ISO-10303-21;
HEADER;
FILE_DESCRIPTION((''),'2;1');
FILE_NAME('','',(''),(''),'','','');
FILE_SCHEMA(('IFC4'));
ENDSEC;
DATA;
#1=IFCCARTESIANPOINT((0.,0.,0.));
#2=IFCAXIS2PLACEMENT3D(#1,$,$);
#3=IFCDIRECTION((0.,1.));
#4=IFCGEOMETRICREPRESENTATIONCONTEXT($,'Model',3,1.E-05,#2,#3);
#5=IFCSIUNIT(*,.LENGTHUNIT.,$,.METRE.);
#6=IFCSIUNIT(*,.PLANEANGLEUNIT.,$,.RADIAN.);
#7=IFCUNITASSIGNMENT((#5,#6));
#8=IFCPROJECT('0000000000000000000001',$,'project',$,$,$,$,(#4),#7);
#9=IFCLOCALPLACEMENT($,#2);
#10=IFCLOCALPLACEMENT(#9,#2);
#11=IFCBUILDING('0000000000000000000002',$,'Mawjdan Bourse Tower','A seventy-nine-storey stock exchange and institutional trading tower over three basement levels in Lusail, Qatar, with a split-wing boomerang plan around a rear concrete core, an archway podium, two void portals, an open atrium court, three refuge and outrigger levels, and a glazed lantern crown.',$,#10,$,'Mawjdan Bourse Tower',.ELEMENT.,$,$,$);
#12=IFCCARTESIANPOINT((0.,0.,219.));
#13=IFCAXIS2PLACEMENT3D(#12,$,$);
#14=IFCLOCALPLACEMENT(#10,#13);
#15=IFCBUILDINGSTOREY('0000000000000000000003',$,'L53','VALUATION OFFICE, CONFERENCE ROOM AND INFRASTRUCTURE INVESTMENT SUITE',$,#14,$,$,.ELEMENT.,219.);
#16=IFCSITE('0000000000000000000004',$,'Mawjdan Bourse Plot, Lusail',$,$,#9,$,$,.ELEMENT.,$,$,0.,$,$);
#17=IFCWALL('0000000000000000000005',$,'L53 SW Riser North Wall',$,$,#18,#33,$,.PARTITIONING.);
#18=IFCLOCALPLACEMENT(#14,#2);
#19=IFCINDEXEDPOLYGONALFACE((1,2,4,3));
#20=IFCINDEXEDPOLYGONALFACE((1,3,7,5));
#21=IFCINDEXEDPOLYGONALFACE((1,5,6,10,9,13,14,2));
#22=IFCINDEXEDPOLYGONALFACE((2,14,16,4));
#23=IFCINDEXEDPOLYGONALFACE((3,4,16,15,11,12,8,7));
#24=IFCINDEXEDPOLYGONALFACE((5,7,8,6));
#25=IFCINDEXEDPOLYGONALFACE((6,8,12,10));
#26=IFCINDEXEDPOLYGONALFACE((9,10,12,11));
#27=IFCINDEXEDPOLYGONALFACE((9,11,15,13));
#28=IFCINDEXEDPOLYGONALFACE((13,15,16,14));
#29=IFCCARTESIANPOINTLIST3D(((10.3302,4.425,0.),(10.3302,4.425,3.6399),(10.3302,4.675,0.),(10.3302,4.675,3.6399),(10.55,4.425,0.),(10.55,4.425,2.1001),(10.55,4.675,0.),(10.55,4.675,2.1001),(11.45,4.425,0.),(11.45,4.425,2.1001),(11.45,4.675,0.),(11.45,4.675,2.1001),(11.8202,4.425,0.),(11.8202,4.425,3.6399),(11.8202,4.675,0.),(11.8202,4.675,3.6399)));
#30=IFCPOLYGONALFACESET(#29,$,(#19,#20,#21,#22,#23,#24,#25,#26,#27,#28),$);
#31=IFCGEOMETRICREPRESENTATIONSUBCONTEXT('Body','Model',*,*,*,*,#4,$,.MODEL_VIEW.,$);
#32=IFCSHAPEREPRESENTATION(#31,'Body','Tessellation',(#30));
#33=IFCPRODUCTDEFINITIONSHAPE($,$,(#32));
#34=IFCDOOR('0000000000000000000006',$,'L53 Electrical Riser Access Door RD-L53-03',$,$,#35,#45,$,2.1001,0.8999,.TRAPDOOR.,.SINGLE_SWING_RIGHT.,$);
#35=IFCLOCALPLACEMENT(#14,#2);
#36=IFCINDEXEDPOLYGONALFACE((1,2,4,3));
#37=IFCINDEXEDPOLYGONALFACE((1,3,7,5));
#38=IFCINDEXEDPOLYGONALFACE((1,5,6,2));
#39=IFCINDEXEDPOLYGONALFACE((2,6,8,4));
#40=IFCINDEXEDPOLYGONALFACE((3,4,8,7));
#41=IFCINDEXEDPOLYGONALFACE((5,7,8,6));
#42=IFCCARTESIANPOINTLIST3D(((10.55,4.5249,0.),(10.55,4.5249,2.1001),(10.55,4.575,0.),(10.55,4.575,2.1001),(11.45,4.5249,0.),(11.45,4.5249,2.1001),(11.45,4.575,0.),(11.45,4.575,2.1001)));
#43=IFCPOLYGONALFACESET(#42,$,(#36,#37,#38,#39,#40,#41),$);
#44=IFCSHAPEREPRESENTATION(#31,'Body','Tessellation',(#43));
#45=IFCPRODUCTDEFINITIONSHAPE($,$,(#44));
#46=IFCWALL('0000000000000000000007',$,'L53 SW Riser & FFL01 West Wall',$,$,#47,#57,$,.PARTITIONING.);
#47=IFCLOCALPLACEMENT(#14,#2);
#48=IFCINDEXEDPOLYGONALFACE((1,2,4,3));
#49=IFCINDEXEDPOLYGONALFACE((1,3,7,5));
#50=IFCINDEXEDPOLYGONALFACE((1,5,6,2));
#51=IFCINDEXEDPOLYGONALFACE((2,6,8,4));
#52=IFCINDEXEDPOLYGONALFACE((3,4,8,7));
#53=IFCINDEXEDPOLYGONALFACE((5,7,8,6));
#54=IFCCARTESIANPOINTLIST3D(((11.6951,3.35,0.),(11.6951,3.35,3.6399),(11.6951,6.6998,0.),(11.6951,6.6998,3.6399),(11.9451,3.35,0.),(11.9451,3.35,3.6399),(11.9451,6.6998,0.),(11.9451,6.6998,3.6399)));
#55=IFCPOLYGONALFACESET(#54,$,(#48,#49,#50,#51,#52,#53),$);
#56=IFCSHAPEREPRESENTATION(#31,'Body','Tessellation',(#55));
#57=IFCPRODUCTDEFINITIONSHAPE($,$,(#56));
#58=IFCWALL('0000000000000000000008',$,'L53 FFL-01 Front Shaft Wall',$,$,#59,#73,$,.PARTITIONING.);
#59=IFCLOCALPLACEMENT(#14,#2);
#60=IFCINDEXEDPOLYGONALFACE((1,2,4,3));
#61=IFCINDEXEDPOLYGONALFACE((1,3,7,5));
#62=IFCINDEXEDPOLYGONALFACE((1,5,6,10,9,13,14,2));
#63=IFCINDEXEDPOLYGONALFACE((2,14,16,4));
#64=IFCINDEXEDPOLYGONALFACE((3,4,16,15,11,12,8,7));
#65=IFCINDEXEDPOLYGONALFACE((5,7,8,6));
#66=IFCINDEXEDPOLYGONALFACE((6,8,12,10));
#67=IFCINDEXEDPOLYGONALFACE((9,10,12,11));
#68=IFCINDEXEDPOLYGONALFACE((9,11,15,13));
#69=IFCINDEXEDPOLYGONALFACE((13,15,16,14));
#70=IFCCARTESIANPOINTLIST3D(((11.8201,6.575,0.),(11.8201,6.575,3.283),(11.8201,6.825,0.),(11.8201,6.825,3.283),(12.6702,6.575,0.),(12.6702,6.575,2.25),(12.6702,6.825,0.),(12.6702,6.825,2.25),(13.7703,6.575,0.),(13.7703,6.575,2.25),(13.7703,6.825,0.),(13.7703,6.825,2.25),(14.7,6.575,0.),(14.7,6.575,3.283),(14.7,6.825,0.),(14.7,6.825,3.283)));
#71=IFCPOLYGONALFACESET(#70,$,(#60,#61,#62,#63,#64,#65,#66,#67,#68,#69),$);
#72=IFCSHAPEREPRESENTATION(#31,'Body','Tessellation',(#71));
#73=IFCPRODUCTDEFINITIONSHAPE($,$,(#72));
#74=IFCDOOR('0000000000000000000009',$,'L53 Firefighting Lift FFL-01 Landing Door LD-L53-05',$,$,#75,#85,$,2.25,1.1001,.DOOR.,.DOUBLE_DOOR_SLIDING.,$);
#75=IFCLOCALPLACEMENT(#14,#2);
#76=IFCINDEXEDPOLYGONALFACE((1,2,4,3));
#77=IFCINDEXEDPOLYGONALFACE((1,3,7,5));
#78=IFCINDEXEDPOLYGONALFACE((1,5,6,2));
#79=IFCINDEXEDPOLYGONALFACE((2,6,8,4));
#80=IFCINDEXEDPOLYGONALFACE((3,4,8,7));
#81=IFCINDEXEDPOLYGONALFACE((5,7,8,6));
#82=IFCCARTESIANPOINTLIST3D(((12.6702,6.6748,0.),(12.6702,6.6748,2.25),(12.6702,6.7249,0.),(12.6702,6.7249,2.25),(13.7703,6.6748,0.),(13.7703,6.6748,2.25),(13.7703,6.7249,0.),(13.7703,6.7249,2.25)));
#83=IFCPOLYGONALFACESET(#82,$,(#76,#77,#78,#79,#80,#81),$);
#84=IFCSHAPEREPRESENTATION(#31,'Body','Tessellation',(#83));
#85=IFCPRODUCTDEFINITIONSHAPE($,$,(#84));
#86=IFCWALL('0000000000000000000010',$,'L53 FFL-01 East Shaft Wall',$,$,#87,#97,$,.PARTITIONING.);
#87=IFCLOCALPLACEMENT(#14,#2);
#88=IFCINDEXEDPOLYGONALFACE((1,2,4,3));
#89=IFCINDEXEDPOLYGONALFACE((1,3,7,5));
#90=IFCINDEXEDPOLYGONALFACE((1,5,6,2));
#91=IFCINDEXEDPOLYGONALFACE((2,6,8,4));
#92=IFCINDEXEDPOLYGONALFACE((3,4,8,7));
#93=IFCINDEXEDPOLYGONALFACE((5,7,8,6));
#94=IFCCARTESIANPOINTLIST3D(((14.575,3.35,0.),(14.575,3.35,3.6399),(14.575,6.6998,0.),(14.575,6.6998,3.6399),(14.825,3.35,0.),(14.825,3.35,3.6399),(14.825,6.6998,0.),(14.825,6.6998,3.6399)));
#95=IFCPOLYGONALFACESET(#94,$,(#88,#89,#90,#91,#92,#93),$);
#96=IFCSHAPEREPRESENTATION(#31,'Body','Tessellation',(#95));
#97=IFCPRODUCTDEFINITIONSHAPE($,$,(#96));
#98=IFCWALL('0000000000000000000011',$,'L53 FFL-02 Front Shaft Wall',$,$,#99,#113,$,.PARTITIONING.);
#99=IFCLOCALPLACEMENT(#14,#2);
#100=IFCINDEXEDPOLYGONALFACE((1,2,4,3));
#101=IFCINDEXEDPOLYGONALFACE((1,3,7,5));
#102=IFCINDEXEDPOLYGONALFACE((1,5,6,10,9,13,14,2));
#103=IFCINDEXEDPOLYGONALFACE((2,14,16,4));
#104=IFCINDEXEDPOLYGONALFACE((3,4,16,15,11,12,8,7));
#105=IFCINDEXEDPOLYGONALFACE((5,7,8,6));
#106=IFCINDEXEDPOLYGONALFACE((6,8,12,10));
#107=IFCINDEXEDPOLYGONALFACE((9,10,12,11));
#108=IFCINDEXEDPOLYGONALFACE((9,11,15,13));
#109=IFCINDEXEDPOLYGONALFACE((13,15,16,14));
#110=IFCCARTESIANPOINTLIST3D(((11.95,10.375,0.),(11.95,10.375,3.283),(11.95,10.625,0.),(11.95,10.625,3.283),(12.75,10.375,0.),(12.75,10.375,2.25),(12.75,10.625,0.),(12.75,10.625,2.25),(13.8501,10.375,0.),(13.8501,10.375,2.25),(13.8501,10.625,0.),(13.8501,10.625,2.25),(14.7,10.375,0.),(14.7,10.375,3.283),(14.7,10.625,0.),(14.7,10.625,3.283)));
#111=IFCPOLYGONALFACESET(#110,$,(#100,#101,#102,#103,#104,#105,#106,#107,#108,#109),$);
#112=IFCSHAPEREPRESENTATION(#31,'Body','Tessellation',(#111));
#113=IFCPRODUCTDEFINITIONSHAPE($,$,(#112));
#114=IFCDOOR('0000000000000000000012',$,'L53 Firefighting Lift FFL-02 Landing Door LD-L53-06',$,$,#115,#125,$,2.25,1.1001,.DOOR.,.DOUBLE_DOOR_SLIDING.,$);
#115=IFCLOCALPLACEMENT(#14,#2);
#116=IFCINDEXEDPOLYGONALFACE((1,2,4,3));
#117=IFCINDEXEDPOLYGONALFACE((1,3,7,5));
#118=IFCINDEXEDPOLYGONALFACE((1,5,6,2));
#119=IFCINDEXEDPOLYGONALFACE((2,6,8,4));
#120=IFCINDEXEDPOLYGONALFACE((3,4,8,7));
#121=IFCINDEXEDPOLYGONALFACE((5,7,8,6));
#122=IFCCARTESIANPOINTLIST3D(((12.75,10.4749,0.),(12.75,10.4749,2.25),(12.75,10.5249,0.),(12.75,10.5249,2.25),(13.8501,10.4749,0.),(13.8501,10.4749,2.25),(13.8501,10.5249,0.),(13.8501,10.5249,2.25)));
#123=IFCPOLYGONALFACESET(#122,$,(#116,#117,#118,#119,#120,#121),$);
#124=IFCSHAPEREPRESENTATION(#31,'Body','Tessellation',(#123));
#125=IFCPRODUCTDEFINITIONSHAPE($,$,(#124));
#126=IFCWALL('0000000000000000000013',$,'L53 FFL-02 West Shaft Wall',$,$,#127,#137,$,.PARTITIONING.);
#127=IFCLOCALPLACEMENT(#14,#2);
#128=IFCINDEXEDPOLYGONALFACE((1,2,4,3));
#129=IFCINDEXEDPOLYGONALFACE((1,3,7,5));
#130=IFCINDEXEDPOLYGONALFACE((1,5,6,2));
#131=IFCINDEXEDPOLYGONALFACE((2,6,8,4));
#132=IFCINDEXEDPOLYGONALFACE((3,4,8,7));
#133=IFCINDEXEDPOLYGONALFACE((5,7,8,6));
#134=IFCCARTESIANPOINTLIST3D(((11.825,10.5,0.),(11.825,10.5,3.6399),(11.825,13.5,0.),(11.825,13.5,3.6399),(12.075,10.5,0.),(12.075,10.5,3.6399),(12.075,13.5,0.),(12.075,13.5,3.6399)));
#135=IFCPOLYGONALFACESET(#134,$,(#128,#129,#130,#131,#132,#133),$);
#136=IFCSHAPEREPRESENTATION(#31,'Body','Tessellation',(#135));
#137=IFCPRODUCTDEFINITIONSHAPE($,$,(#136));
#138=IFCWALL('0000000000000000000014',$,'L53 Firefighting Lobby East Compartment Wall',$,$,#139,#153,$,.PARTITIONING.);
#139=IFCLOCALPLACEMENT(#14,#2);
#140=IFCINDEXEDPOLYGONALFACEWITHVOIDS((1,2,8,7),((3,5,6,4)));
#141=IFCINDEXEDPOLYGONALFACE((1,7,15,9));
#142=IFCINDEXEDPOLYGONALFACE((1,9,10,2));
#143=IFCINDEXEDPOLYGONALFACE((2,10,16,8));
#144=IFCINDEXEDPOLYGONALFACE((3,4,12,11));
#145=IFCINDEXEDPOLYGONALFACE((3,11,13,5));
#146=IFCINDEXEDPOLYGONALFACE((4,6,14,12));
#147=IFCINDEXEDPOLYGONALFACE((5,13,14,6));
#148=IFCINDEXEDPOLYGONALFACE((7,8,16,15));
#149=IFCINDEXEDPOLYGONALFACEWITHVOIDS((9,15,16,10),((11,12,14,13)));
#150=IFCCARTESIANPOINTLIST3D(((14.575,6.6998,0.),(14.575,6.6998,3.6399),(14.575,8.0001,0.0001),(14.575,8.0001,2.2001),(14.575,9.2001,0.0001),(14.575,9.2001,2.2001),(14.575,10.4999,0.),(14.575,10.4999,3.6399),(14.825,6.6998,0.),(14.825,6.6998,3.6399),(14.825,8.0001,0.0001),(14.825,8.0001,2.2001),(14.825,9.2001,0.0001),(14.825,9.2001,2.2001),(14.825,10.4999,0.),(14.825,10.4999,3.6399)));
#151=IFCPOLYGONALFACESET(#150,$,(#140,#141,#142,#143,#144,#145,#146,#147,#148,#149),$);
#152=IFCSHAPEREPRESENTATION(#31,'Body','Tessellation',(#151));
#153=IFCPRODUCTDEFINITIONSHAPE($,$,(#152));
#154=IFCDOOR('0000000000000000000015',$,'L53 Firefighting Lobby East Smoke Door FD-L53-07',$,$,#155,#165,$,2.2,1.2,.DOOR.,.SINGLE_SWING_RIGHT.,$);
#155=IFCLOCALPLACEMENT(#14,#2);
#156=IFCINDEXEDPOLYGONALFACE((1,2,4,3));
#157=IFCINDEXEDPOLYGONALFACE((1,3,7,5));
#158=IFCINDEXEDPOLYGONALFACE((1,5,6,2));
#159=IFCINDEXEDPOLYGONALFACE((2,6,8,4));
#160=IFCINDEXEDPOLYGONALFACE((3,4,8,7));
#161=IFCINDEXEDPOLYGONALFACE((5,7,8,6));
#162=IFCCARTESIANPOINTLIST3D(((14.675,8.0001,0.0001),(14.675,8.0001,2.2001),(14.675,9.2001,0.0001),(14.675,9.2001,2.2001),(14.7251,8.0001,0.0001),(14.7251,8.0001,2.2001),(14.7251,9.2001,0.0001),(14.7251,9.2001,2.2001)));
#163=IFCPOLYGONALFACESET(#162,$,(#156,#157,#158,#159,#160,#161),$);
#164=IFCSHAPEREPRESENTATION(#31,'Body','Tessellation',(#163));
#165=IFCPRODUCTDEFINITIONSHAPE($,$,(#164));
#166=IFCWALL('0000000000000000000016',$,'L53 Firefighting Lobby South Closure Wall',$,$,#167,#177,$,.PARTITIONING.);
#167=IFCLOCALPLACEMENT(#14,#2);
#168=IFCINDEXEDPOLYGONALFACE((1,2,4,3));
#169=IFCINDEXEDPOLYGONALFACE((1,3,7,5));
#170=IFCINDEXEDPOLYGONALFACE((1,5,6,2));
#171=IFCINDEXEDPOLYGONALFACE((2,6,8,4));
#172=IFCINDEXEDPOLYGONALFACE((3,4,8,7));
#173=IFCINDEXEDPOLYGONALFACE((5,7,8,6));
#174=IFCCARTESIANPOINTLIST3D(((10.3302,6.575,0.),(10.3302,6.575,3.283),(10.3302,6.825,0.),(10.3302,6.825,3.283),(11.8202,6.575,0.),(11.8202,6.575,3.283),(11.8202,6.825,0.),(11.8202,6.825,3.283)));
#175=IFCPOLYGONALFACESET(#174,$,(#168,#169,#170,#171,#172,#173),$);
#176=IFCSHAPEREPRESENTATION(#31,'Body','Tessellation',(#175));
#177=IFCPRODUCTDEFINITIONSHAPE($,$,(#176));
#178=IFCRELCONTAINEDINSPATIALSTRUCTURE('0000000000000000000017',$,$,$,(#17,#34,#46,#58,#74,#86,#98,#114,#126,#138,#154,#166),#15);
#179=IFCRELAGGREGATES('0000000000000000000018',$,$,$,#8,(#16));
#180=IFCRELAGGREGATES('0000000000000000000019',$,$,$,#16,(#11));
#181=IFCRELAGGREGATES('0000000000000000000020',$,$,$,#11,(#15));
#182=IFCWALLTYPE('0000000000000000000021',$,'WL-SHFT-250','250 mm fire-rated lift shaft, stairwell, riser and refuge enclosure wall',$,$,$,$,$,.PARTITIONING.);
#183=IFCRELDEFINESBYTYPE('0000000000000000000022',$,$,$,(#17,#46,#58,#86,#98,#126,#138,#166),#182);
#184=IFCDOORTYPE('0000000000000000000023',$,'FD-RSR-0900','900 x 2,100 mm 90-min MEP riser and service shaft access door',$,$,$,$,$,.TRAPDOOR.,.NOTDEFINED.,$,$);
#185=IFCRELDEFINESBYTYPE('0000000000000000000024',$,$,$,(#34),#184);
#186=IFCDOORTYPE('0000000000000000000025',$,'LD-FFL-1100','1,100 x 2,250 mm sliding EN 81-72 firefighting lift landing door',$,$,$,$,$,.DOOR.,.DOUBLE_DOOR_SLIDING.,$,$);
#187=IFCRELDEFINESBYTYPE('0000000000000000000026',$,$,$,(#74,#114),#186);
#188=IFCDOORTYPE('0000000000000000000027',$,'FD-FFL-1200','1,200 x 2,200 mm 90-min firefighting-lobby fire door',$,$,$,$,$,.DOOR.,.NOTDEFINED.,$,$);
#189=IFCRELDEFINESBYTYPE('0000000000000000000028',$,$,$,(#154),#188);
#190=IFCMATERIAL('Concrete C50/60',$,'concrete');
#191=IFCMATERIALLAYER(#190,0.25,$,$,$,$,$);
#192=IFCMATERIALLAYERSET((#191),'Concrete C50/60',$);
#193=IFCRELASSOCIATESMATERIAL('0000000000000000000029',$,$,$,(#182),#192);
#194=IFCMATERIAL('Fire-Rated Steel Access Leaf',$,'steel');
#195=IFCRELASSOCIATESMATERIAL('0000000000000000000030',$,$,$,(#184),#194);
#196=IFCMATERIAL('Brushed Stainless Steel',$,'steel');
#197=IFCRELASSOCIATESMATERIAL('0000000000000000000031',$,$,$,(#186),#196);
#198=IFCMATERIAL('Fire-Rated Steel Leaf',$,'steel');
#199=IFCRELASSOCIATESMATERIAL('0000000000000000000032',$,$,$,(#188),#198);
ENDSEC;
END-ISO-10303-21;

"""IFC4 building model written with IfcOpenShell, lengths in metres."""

from ifc_helpers import new_model, si_unit, direction, frame, frame_2d, origin, place, context, subcontext, project, spatial, rectangle, extrude, material, layer, layer_set, type_object, element, fill, save


model = new_model("IFC4")

# Units and contexts
model_context = context("Model", 3, precision=1e-05, world=origin(), true_north=direction((0.0, 1.0)))
body_context = subcontext(model_context, "Body", "Model", "MODEL_VIEW")
ifc_project = project(units=[si_unit("LENGTHUNIT", "METRE"), si_unit("PLANEANGLEUNIT", "RADIAN")], contexts=[model_context])

# Site, building, storey
site_placement = place(None, origin())
site = spatial("IfcSite", under=ifc_project, at=site_placement, Name="Mawjdan Bourse Plot, Lusail", CompositionType="ELEMENT", RefElevation=0.0)
building_placement = place(site_placement, origin())
building = spatial("IfcBuilding", under=site, at=building_placement, Name="Mawjdan Bourse Tower", Description="A seventy-nine-storey stock exchange and institutional trading tower over three basement levels in Lusail, Qatar, with a split-wing boomerang plan around a rear concrete core, an archway podium, two void portals, an open atrium court, three refuge and outrigger levels, and a glazed lantern crown.", LongName="Mawjdan Bourse Tower", CompositionType="ELEMENT")
storey_placement = place(building_placement, frame((0.0, 0.0, 219.0)))
storey = spatial("IfcBuildingStorey", under=building, at=storey_placement, Name="L53", Description="VALUATION OFFICE, CONFERENCE ROOM AND INFRASTRUCTURE INVESTMENT SUITE", CompositionType="ELEMENT", Elevation=219.0)

# Wall, opening, door
ifc_material_1 = material(Name="Concrete C50/60", Category="concrete")
ifc_layer_1 = layer(ifc_material_1, 0.25)
ifc_layer_set_1 = layer_set([ifc_layer_1], Name="Concrete C50/60")
wall_type_1 = type_object("IfcWallType", Name="WL-SHFT-250", Description="250 mm fire-rated lift shaft, stairwell, riser and refuge enclosure wall", PredefinedType="PARTITIONING", material=ifc_layer_set_1)
wall_1_placement = place(storey_placement, frame((10.3301, 4.55, 0.0), z_axis=(0.0, 0.0, 1.0), x_axis=(1.0, 0.0, 0.0)))
wall_1 = element("IfcWall", 1, at=wall_1_placement, inside=storey, type_object=wall_type_1, Name="L53 SW Riser North Wall", PredefinedType="PARTITIONING", context=body_context, shape_type="SweptSolid", body=[
    extrude(rectangle(XDim=1.49, YDim=0.25, at=frame_2d((0.7451, 0.0))), origin(), (0.0, 0.0, 1.0), 3.6399),
])
opening_1_placement = place(wall_1_placement, frame((0.22, 0.0, 0.0)))
opening_1 = element("IfcOpeningElement", 2, at=opening_1_placement, cuts=wall_1, PredefinedType="OPENING", context=body_context, shape_type="SweptSolid", body=[
    extrude(rectangle(XDim=0.8999, YDim=2.1001, at=frame_2d((0.45, 1.05))), frame((0.0, 0.135, 0.0), z_axis=(0.0, -1.0, 0.0), x_axis=(1.0, 0.0, 0.0)), (0.0, 0.0, 1.0), 0.27),
])
ifc_material_2 = material(Name="Fire-Rated Steel Access Leaf", Category="steel")
door_type_1 = type_object("IfcDoorType", Name="FD-RSR-0900", Description="900 x 2,100 mm 90-min MEP riser and service shaft access door", OperationType="NOTDEFINED", PredefinedType="TRAPDOOR", material=ifc_material_2)
door_1_placement = place(opening_1_placement, origin())
door_1 = element("IfcDoor", 3, at=door_1_placement, inside=storey, type_object=door_type_1, Name="L53 Electrical Riser Access Door RD-L53-03", OperationType="SINGLE_SWING_RIGHT", OverallHeight=2.1001, OverallWidth=0.8999, PredefinedType="TRAPDOOR", context=body_context, shape_type="SweptSolid", body=[
    extrude(rectangle(XDim=0.8999, YDim=2.1001, at=frame_2d((0.45, 1.05))), frame((0.0, 0.0249, 0.0), z_axis=(0.0, -1.0, 0.0), x_axis=(1.0, 0.0, 0.0)), (0.0, 0.0, 1.0), 0.05),
])
fill(opening_1, door_1)

# Wall
wall_2_placement = place(storey_placement, frame((11.8201, 3.3501, 0.0), z_axis=(0.0, 0.0, 1.0), x_axis=(0.0, 1.0, 0.0)))
element("IfcWall", 4, at=wall_2_placement, inside=storey, type_object=wall_type_1, Name="L53 SW Riser & FFL01 West Wall", PredefinedType="PARTITIONING", context=body_context, shape_type="SweptSolid", body=[
    extrude(rectangle(XDim=3.3499, YDim=0.25, at=frame_2d((1.6748, 0.0))), origin(), (0.0, 0.0, 1.0), 3.6399),
])

# Wall, opening, door
wall_3_placement = place(storey_placement, frame((11.8201, 6.7, 0.0), z_axis=(0.0, 0.0, 1.0), x_axis=(1.0, 0.0, 0.0)))
wall_3 = element("IfcWall", 5, at=wall_3_placement, inside=storey, type_object=wall_type_1, Name="L53 FFL-01 Front Shaft Wall", PredefinedType="PARTITIONING", context=body_context, shape_type="SweptSolid", body=[
    extrude(rectangle(XDim=2.8799, YDim=0.25, at=frame_2d((1.4399, 0.0))), origin(), (0.0, 0.0, 1.0), 3.283),
])
opening_2_placement = place(wall_3_placement, frame((0.8501, 0.0, 0.0)))
opening_2 = element("IfcOpeningElement", 6, at=opening_2_placement, cuts=wall_3, PredefinedType="OPENING", context=body_context, shape_type="SweptSolid", body=[
    extrude(rectangle(XDim=1.1001, YDim=2.25, at=frame_2d((0.55, 1.125))), frame((0.0, 0.135, 0.0), z_axis=(0.0, -1.0, 0.0), x_axis=(1.0, 0.0, 0.0)), (0.0, 0.0, 1.0), 0.27),
])
ifc_material_3 = material(Name="Brushed Stainless Steel", Category="steel")
door_type_2 = type_object("IfcDoorType", Name="LD-FFL-1100", Description="1,100 x 2,250 mm sliding EN 81-72 firefighting lift landing door", OperationType="DOUBLE_DOOR_SLIDING", PredefinedType="DOOR", material=ifc_material_3)
door_2_placement = place(opening_2_placement, origin())
door_2 = element("IfcDoor", 7, at=door_2_placement, inside=storey, type_object=door_type_2, Name="L53 Firefighting Lift FFL-01 Landing Door LD-L53-05", OperationType="DOUBLE_DOOR_SLIDING", OverallHeight=2.25, OverallWidth=1.1001, PredefinedType="DOOR", context=body_context, shape_type="SweptSolid", body=[
    extrude(rectangle(XDim=1.1001, YDim=2.25, at=frame_2d((0.55, 1.125))), frame((0.0, 0.0249, 0.0), z_axis=(0.0, -1.0, 0.0), x_axis=(1.0, 0.0, 0.0)), (0.0, 0.0, 1.0), 0.05),
])
fill(opening_2, door_2)

# Wall
wall_4_placement = place(storey_placement, frame((14.7, 3.3501, 0.0), z_axis=(0.0, 0.0, 1.0), x_axis=(0.0, 1.0, 0.0)))
element("IfcWall", 8, at=wall_4_placement, inside=storey, type_object=wall_type_1, Name="L53 FFL-01 East Shaft Wall", PredefinedType="PARTITIONING", context=body_context, shape_type="SweptSolid", body=[
    extrude(rectangle(XDim=3.3499, YDim=0.25, at=frame_2d((1.6748, 0.0))), origin(), (0.0, 0.0, 1.0), 3.6399),
])

# Wall, opening, door
wall_5_placement = place(storey_placement, frame((11.95, 10.5, 0.0), z_axis=(0.0, 0.0, 1.0), x_axis=(1.0, 0.0, 0.0)))
wall_5 = element("IfcWall", 9, at=wall_5_placement, inside=storey, type_object=wall_type_1, Name="L53 FFL-02 Front Shaft Wall", PredefinedType="PARTITIONING", context=body_context, shape_type="SweptSolid", body=[
    extrude(rectangle(XDim=2.75, YDim=0.25, at=frame_2d((1.375, 0.0))), origin(), (0.0, 0.0, 1.0), 3.283),
])
opening_3_placement = place(wall_5_placement, frame((0.8, 0.0, 0.0)))
opening_3 = element("IfcOpeningElement", 10, at=opening_3_placement, cuts=wall_5, PredefinedType="OPENING", context=body_context, shape_type="SweptSolid", body=[
    extrude(rectangle(XDim=1.1001, YDim=2.25, at=frame_2d((0.55, 1.125))), frame((0.0, 0.135, 0.0), z_axis=(0.0, -1.0, 0.0), x_axis=(1.0, 0.0, 0.0)), (0.0, 0.0, 1.0), 0.27),
])
door_3_placement = place(opening_3_placement, origin())
door_3 = element("IfcDoor", 11, at=door_3_placement, inside=storey, type_object=door_type_2, Name="L53 Firefighting Lift FFL-02 Landing Door LD-L53-06", OperationType="DOUBLE_DOOR_SLIDING", OverallHeight=2.25, OverallWidth=1.1001, PredefinedType="DOOR", context=body_context, shape_type="SweptSolid", body=[
    extrude(rectangle(XDim=1.1001, YDim=2.25, at=frame_2d((0.55, 1.125))), frame((0.0, 0.0249, 0.0), z_axis=(0.0, -1.0, 0.0), x_axis=(1.0, 0.0, 0.0)), (0.0, 0.0, 1.0), 0.05),
])
fill(opening_3, door_3)

# Wall
wall_6_placement = place(storey_placement, frame((11.95, 10.5, 0.0), z_axis=(0.0, 0.0, 1.0), x_axis=(0.0, 1.0, 0.0)))
element("IfcWall", 12, at=wall_6_placement, inside=storey, type_object=wall_type_1, Name="L53 FFL-02 West Shaft Wall", PredefinedType="PARTITIONING", context=body_context, shape_type="SweptSolid", body=[
    extrude(rectangle(XDim=3.0, YDim=0.25, at=frame_2d((1.5, 0.0))), origin(), (0.0, 0.0, 1.0), 3.6399),
])

# Wall, opening, door
wall_7_placement = place(storey_placement, frame((14.7, 6.7, 0.0), z_axis=(0.0, 0.0, 1.0), x_axis=(0.0, 1.0, 0.0)))
wall_7 = element("IfcWall", 13, at=wall_7_placement, inside=storey, type_object=wall_type_1, Name="L53 Firefighting Lobby East Compartment Wall", PredefinedType="PARTITIONING", context=body_context, shape_type="SweptSolid", body=[
    extrude(rectangle(XDim=3.8, YDim=0.25, at=frame_2d((1.8999, 0.0))), origin(), (0.0, 0.0, 1.0), 3.6399),
])
opening_4_placement = place(wall_7_placement, frame((1.3, 0.0, 0.0)))
opening_4 = element("IfcOpeningElement", 14, at=opening_4_placement, cuts=wall_7, PredefinedType="OPENING", context=body_context, shape_type="SweptSolid", body=[
    extrude(rectangle(XDim=1.2, YDim=2.2, at=frame_2d((0.6001, 1.1001))), frame((0.0, 0.135, 0.0), z_axis=(0.0, -1.0, 0.0), x_axis=(1.0, 0.0, 0.0)), (0.0, 0.0, 1.0), 0.27),
])
ifc_material_4 = material(Name="Fire-Rated Steel Leaf", Category="steel")
door_type_3 = type_object("IfcDoorType", Name="FD-FFL-1200", Description="1,200 x 2,200 mm 90-min firefighting-lobby fire door", OperationType="NOTDEFINED", PredefinedType="DOOR", material=ifc_material_4)
door_4_placement = place(opening_4_placement, origin())
door_4 = element("IfcDoor", 15, at=door_4_placement, inside=storey, type_object=door_type_3, Name="L53 Firefighting Lobby East Smoke Door FD-L53-07", OperationType="SINGLE_SWING_RIGHT", OverallHeight=2.2, OverallWidth=1.2, PredefinedType="DOOR", context=body_context, shape_type="SweptSolid", body=[
    extrude(rectangle(XDim=1.2, YDim=2.2, at=frame_2d((0.6001, 1.1001))), frame((0.0, 0.0249, 0.0), z_axis=(0.0, -1.0, 0.0), x_axis=(1.0, 0.0, 0.0)), (0.0, 0.0, 1.0), 0.05),
])
fill(opening_4, door_4)

# Wall
wall_8_placement = place(storey_placement, frame((10.3301, 6.7, 0.0), z_axis=(0.0, 0.0, 1.0), x_axis=(1.0, 0.0, 0.0)))
element("IfcWall", 16, at=wall_8_placement, inside=storey, type_object=wall_type_1, Name="L53 Firefighting Lobby South Closure Wall", PredefinedType="PARTITIONING", context=body_context, shape_type="SweptSolid", body=[
    extrude(rectangle(XDim=1.49, YDim=0.25, at=frame_2d((0.7451, 0.0))), origin(), (0.0, 0.0, 1.0), 3.283),
])

save(model, "model.ifc")
